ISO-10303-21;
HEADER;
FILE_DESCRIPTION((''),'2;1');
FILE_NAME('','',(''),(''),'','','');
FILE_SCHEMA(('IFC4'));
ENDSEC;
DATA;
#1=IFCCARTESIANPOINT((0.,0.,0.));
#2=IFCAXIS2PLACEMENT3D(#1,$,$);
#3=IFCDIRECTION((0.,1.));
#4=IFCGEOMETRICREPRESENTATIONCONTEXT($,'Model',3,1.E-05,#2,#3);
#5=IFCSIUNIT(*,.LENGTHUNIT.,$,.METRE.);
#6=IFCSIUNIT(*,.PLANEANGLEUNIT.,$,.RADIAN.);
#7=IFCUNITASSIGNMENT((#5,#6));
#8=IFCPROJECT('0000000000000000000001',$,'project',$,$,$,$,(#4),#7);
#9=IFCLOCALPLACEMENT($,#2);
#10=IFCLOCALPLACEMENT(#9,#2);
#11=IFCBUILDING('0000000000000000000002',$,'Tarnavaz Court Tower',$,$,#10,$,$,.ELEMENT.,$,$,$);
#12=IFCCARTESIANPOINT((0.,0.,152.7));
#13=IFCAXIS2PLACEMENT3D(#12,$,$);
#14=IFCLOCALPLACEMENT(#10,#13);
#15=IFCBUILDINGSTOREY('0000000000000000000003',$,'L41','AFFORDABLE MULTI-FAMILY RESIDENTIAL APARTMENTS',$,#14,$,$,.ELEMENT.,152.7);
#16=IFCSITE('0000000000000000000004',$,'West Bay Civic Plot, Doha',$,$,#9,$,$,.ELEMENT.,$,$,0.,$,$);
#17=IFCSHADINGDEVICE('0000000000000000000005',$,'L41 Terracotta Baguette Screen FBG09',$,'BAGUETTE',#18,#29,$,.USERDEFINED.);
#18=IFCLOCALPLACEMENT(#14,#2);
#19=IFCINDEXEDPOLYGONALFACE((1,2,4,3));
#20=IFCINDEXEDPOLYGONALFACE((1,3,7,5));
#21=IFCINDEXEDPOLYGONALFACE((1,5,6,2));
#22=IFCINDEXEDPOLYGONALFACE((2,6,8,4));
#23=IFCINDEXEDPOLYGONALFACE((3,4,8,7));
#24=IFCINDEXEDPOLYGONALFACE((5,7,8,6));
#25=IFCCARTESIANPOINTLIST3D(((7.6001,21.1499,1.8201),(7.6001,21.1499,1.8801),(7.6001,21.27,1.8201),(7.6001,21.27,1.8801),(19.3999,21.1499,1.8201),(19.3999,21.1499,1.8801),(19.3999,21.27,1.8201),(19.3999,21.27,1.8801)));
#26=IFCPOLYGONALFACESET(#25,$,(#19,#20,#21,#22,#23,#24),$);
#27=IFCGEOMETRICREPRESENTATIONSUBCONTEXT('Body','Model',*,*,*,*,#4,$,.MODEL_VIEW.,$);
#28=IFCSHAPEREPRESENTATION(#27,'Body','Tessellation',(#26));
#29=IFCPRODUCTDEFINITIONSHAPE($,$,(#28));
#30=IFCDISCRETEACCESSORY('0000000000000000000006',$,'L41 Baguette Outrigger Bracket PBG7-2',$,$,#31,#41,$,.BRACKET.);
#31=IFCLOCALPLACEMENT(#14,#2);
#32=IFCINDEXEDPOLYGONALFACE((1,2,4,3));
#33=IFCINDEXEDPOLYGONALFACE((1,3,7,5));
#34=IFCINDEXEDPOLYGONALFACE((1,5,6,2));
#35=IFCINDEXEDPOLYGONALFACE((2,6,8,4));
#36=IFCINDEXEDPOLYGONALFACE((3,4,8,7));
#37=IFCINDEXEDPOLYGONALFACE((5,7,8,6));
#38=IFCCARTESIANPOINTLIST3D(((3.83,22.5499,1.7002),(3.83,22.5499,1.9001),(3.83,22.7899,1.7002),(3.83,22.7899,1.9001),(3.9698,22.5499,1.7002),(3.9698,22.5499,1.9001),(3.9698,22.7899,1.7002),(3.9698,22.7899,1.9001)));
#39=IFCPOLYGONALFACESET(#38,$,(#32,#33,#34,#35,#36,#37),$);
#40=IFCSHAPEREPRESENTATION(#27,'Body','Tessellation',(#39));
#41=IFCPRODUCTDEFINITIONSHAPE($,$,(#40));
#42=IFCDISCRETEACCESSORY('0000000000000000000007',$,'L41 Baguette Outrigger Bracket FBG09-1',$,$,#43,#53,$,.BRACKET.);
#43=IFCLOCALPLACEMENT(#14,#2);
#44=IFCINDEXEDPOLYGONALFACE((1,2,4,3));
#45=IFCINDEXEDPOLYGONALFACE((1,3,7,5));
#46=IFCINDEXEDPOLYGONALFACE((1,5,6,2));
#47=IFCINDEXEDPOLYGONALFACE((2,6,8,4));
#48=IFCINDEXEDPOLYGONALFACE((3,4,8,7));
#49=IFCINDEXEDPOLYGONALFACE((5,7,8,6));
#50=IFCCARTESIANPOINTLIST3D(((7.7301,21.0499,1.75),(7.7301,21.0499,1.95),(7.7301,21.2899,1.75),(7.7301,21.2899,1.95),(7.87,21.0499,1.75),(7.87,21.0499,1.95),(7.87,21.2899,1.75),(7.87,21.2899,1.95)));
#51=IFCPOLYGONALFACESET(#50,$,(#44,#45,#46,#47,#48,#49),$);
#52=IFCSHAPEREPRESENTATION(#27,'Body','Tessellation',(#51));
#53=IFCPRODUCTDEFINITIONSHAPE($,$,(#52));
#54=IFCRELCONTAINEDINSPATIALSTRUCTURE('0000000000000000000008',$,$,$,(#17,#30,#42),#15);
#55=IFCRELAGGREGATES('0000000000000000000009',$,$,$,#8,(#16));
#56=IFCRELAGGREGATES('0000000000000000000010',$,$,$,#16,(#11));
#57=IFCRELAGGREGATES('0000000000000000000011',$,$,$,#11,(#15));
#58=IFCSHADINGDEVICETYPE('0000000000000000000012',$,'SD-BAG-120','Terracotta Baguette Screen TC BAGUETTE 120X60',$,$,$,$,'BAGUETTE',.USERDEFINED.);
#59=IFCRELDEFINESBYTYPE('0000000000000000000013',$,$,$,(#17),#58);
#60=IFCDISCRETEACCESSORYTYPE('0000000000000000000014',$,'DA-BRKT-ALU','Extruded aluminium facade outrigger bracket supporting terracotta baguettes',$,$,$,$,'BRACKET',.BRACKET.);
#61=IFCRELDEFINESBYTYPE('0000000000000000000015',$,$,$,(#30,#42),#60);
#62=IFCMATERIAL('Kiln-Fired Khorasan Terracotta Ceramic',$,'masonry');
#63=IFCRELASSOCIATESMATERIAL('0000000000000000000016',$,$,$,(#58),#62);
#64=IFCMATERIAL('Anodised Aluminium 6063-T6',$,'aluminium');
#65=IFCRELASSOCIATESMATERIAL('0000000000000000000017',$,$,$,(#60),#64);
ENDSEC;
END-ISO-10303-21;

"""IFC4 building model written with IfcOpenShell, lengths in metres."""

from ifc_helpers import new_model, si_unit, direction, frame, origin, origin_2d, place, context, subcontext, project, spatial, rectangle, extrude, material, material_profile, profile_set, type_object, element, save


model = new_model("IFC4")

# Units and contexts
model_context = context("Model", 3, precision=1e-05, world=origin(), true_north=direction((0.0, 1.0)))
body_context = subcontext(model_context, "Body", "Model", "MODEL_VIEW")
ifc_project = project(units=[si_unit("LENGTHUNIT", "METRE"), si_unit("PLANEANGLEUNIT", "RADIAN")], contexts=[model_context])

# Site, building, storey
site_placement = place(None, origin())
site = spatial("IfcSite", under=ifc_project, at=site_placement, Name="West Bay Civic Plot, Doha", CompositionType="ELEMENT", RefElevation=0.0)
building_placement = place(site_placement, origin())
building = spatial("IfcBuilding", under=site, at=building_placement, Name="Tarnavaz Court Tower", CompositionType="ELEMENT")
storey_placement = place(building_placement, frame((0.0, 0.0, 152.7)))
storey = spatial("IfcBuildingStorey", under=building, at=storey_placement, Name="L41", Description="AFFORDABLE MULTI-FAMILY RESIDENTIAL APARTMENTS", CompositionType="ELEMENT", Elevation=152.7)

# Shared definitions
ifc_material_1 = material(Name="Anodised Aluminium 6063-T6", Category="aluminium")

# Shading device
ifc_material_2 = material(Name="Kiln-Fired Khorasan Terracotta Ceramic", Category="masonry")
ifc_material_profile_1 = material_profile(ifc_material_2, rectangle(XDim=0.1201, YDim=0.0601, at=origin_2d()), Name="TC BAGUETTE 120X60")
ifc_profile_set_1 = profile_set([ifc_material_profile_1], Name="Kiln-Fired Khorasan Terracotta Ceramic")
shading_device_type = type_object("IfcShadingDeviceType", Name="SD-BAG-120", Description="Terracotta Baguette Screen TC BAGUETTE 120X60", ElementType="BAGUETTE", PredefinedType="USERDEFINED", material=ifc_profile_set_1)
shading_device_placement = place(storey_placement, frame((7.6001, 21.21, 1.8501), z_axis=(1.0, 0.0, 0.0), x_axis=(0.0, 1.0, 0.0)))
element("IfcShadingDevice", 1, at=shading_device_placement, inside=storey, type_object=shading_device_type, Name="L41 Terracotta Baguette Screen FBG09", ObjectType="BAGUETTE", PredefinedType="USERDEFINED", context=body_context, shape_type="SweptSolid", body=[
    extrude(rectangle(XDim=0.1201, YDim=0.0601, at=origin_2d()), origin(), (0.0, 0.0, 1.0), 11.7998),
])

# Discrete accessories
discrete_accessory_type = type_object("IfcDiscreteAccessoryType", Name="DA-BRKT-ALU", Description="Extruded aluminium facade outrigger bracket supporting terracotta baguettes", ElementType="BRACKET", PredefinedType="BRACKET", material=ifc_material_1)
for number, where, z_axis, x_axis, name in (
    (2, (3.8999, 22.6699, 1.7002), (0.0, 0.0, 1.0), (1.0, 0.0, 0.0), "L41 Baguette Outrigger Bracket PBG7-2"),
    (3, (7.8, 21.1699, 1.75), (0.0, 0.0, 1.0), (1.0, 0.0, 0.0), "L41 Baguette Outrigger Bracket FBG09-1"),
):
    element("IfcDiscreteAccessory", number, at=place(storey_placement, frame(where, z_axis=z_axis, x_axis=x_axis)), inside=storey, type_object=discrete_accessory_type, Name=name, PredefinedType="BRACKET", context=body_context, shape_type="SweptSolid", body=[
        extrude(rectangle(XDim=0.1399, YDim=0.24, at=origin_2d()), origin(), (0.0, 0.0, 1.0), 0.2),
    ])

save(model, "model.ifc")
